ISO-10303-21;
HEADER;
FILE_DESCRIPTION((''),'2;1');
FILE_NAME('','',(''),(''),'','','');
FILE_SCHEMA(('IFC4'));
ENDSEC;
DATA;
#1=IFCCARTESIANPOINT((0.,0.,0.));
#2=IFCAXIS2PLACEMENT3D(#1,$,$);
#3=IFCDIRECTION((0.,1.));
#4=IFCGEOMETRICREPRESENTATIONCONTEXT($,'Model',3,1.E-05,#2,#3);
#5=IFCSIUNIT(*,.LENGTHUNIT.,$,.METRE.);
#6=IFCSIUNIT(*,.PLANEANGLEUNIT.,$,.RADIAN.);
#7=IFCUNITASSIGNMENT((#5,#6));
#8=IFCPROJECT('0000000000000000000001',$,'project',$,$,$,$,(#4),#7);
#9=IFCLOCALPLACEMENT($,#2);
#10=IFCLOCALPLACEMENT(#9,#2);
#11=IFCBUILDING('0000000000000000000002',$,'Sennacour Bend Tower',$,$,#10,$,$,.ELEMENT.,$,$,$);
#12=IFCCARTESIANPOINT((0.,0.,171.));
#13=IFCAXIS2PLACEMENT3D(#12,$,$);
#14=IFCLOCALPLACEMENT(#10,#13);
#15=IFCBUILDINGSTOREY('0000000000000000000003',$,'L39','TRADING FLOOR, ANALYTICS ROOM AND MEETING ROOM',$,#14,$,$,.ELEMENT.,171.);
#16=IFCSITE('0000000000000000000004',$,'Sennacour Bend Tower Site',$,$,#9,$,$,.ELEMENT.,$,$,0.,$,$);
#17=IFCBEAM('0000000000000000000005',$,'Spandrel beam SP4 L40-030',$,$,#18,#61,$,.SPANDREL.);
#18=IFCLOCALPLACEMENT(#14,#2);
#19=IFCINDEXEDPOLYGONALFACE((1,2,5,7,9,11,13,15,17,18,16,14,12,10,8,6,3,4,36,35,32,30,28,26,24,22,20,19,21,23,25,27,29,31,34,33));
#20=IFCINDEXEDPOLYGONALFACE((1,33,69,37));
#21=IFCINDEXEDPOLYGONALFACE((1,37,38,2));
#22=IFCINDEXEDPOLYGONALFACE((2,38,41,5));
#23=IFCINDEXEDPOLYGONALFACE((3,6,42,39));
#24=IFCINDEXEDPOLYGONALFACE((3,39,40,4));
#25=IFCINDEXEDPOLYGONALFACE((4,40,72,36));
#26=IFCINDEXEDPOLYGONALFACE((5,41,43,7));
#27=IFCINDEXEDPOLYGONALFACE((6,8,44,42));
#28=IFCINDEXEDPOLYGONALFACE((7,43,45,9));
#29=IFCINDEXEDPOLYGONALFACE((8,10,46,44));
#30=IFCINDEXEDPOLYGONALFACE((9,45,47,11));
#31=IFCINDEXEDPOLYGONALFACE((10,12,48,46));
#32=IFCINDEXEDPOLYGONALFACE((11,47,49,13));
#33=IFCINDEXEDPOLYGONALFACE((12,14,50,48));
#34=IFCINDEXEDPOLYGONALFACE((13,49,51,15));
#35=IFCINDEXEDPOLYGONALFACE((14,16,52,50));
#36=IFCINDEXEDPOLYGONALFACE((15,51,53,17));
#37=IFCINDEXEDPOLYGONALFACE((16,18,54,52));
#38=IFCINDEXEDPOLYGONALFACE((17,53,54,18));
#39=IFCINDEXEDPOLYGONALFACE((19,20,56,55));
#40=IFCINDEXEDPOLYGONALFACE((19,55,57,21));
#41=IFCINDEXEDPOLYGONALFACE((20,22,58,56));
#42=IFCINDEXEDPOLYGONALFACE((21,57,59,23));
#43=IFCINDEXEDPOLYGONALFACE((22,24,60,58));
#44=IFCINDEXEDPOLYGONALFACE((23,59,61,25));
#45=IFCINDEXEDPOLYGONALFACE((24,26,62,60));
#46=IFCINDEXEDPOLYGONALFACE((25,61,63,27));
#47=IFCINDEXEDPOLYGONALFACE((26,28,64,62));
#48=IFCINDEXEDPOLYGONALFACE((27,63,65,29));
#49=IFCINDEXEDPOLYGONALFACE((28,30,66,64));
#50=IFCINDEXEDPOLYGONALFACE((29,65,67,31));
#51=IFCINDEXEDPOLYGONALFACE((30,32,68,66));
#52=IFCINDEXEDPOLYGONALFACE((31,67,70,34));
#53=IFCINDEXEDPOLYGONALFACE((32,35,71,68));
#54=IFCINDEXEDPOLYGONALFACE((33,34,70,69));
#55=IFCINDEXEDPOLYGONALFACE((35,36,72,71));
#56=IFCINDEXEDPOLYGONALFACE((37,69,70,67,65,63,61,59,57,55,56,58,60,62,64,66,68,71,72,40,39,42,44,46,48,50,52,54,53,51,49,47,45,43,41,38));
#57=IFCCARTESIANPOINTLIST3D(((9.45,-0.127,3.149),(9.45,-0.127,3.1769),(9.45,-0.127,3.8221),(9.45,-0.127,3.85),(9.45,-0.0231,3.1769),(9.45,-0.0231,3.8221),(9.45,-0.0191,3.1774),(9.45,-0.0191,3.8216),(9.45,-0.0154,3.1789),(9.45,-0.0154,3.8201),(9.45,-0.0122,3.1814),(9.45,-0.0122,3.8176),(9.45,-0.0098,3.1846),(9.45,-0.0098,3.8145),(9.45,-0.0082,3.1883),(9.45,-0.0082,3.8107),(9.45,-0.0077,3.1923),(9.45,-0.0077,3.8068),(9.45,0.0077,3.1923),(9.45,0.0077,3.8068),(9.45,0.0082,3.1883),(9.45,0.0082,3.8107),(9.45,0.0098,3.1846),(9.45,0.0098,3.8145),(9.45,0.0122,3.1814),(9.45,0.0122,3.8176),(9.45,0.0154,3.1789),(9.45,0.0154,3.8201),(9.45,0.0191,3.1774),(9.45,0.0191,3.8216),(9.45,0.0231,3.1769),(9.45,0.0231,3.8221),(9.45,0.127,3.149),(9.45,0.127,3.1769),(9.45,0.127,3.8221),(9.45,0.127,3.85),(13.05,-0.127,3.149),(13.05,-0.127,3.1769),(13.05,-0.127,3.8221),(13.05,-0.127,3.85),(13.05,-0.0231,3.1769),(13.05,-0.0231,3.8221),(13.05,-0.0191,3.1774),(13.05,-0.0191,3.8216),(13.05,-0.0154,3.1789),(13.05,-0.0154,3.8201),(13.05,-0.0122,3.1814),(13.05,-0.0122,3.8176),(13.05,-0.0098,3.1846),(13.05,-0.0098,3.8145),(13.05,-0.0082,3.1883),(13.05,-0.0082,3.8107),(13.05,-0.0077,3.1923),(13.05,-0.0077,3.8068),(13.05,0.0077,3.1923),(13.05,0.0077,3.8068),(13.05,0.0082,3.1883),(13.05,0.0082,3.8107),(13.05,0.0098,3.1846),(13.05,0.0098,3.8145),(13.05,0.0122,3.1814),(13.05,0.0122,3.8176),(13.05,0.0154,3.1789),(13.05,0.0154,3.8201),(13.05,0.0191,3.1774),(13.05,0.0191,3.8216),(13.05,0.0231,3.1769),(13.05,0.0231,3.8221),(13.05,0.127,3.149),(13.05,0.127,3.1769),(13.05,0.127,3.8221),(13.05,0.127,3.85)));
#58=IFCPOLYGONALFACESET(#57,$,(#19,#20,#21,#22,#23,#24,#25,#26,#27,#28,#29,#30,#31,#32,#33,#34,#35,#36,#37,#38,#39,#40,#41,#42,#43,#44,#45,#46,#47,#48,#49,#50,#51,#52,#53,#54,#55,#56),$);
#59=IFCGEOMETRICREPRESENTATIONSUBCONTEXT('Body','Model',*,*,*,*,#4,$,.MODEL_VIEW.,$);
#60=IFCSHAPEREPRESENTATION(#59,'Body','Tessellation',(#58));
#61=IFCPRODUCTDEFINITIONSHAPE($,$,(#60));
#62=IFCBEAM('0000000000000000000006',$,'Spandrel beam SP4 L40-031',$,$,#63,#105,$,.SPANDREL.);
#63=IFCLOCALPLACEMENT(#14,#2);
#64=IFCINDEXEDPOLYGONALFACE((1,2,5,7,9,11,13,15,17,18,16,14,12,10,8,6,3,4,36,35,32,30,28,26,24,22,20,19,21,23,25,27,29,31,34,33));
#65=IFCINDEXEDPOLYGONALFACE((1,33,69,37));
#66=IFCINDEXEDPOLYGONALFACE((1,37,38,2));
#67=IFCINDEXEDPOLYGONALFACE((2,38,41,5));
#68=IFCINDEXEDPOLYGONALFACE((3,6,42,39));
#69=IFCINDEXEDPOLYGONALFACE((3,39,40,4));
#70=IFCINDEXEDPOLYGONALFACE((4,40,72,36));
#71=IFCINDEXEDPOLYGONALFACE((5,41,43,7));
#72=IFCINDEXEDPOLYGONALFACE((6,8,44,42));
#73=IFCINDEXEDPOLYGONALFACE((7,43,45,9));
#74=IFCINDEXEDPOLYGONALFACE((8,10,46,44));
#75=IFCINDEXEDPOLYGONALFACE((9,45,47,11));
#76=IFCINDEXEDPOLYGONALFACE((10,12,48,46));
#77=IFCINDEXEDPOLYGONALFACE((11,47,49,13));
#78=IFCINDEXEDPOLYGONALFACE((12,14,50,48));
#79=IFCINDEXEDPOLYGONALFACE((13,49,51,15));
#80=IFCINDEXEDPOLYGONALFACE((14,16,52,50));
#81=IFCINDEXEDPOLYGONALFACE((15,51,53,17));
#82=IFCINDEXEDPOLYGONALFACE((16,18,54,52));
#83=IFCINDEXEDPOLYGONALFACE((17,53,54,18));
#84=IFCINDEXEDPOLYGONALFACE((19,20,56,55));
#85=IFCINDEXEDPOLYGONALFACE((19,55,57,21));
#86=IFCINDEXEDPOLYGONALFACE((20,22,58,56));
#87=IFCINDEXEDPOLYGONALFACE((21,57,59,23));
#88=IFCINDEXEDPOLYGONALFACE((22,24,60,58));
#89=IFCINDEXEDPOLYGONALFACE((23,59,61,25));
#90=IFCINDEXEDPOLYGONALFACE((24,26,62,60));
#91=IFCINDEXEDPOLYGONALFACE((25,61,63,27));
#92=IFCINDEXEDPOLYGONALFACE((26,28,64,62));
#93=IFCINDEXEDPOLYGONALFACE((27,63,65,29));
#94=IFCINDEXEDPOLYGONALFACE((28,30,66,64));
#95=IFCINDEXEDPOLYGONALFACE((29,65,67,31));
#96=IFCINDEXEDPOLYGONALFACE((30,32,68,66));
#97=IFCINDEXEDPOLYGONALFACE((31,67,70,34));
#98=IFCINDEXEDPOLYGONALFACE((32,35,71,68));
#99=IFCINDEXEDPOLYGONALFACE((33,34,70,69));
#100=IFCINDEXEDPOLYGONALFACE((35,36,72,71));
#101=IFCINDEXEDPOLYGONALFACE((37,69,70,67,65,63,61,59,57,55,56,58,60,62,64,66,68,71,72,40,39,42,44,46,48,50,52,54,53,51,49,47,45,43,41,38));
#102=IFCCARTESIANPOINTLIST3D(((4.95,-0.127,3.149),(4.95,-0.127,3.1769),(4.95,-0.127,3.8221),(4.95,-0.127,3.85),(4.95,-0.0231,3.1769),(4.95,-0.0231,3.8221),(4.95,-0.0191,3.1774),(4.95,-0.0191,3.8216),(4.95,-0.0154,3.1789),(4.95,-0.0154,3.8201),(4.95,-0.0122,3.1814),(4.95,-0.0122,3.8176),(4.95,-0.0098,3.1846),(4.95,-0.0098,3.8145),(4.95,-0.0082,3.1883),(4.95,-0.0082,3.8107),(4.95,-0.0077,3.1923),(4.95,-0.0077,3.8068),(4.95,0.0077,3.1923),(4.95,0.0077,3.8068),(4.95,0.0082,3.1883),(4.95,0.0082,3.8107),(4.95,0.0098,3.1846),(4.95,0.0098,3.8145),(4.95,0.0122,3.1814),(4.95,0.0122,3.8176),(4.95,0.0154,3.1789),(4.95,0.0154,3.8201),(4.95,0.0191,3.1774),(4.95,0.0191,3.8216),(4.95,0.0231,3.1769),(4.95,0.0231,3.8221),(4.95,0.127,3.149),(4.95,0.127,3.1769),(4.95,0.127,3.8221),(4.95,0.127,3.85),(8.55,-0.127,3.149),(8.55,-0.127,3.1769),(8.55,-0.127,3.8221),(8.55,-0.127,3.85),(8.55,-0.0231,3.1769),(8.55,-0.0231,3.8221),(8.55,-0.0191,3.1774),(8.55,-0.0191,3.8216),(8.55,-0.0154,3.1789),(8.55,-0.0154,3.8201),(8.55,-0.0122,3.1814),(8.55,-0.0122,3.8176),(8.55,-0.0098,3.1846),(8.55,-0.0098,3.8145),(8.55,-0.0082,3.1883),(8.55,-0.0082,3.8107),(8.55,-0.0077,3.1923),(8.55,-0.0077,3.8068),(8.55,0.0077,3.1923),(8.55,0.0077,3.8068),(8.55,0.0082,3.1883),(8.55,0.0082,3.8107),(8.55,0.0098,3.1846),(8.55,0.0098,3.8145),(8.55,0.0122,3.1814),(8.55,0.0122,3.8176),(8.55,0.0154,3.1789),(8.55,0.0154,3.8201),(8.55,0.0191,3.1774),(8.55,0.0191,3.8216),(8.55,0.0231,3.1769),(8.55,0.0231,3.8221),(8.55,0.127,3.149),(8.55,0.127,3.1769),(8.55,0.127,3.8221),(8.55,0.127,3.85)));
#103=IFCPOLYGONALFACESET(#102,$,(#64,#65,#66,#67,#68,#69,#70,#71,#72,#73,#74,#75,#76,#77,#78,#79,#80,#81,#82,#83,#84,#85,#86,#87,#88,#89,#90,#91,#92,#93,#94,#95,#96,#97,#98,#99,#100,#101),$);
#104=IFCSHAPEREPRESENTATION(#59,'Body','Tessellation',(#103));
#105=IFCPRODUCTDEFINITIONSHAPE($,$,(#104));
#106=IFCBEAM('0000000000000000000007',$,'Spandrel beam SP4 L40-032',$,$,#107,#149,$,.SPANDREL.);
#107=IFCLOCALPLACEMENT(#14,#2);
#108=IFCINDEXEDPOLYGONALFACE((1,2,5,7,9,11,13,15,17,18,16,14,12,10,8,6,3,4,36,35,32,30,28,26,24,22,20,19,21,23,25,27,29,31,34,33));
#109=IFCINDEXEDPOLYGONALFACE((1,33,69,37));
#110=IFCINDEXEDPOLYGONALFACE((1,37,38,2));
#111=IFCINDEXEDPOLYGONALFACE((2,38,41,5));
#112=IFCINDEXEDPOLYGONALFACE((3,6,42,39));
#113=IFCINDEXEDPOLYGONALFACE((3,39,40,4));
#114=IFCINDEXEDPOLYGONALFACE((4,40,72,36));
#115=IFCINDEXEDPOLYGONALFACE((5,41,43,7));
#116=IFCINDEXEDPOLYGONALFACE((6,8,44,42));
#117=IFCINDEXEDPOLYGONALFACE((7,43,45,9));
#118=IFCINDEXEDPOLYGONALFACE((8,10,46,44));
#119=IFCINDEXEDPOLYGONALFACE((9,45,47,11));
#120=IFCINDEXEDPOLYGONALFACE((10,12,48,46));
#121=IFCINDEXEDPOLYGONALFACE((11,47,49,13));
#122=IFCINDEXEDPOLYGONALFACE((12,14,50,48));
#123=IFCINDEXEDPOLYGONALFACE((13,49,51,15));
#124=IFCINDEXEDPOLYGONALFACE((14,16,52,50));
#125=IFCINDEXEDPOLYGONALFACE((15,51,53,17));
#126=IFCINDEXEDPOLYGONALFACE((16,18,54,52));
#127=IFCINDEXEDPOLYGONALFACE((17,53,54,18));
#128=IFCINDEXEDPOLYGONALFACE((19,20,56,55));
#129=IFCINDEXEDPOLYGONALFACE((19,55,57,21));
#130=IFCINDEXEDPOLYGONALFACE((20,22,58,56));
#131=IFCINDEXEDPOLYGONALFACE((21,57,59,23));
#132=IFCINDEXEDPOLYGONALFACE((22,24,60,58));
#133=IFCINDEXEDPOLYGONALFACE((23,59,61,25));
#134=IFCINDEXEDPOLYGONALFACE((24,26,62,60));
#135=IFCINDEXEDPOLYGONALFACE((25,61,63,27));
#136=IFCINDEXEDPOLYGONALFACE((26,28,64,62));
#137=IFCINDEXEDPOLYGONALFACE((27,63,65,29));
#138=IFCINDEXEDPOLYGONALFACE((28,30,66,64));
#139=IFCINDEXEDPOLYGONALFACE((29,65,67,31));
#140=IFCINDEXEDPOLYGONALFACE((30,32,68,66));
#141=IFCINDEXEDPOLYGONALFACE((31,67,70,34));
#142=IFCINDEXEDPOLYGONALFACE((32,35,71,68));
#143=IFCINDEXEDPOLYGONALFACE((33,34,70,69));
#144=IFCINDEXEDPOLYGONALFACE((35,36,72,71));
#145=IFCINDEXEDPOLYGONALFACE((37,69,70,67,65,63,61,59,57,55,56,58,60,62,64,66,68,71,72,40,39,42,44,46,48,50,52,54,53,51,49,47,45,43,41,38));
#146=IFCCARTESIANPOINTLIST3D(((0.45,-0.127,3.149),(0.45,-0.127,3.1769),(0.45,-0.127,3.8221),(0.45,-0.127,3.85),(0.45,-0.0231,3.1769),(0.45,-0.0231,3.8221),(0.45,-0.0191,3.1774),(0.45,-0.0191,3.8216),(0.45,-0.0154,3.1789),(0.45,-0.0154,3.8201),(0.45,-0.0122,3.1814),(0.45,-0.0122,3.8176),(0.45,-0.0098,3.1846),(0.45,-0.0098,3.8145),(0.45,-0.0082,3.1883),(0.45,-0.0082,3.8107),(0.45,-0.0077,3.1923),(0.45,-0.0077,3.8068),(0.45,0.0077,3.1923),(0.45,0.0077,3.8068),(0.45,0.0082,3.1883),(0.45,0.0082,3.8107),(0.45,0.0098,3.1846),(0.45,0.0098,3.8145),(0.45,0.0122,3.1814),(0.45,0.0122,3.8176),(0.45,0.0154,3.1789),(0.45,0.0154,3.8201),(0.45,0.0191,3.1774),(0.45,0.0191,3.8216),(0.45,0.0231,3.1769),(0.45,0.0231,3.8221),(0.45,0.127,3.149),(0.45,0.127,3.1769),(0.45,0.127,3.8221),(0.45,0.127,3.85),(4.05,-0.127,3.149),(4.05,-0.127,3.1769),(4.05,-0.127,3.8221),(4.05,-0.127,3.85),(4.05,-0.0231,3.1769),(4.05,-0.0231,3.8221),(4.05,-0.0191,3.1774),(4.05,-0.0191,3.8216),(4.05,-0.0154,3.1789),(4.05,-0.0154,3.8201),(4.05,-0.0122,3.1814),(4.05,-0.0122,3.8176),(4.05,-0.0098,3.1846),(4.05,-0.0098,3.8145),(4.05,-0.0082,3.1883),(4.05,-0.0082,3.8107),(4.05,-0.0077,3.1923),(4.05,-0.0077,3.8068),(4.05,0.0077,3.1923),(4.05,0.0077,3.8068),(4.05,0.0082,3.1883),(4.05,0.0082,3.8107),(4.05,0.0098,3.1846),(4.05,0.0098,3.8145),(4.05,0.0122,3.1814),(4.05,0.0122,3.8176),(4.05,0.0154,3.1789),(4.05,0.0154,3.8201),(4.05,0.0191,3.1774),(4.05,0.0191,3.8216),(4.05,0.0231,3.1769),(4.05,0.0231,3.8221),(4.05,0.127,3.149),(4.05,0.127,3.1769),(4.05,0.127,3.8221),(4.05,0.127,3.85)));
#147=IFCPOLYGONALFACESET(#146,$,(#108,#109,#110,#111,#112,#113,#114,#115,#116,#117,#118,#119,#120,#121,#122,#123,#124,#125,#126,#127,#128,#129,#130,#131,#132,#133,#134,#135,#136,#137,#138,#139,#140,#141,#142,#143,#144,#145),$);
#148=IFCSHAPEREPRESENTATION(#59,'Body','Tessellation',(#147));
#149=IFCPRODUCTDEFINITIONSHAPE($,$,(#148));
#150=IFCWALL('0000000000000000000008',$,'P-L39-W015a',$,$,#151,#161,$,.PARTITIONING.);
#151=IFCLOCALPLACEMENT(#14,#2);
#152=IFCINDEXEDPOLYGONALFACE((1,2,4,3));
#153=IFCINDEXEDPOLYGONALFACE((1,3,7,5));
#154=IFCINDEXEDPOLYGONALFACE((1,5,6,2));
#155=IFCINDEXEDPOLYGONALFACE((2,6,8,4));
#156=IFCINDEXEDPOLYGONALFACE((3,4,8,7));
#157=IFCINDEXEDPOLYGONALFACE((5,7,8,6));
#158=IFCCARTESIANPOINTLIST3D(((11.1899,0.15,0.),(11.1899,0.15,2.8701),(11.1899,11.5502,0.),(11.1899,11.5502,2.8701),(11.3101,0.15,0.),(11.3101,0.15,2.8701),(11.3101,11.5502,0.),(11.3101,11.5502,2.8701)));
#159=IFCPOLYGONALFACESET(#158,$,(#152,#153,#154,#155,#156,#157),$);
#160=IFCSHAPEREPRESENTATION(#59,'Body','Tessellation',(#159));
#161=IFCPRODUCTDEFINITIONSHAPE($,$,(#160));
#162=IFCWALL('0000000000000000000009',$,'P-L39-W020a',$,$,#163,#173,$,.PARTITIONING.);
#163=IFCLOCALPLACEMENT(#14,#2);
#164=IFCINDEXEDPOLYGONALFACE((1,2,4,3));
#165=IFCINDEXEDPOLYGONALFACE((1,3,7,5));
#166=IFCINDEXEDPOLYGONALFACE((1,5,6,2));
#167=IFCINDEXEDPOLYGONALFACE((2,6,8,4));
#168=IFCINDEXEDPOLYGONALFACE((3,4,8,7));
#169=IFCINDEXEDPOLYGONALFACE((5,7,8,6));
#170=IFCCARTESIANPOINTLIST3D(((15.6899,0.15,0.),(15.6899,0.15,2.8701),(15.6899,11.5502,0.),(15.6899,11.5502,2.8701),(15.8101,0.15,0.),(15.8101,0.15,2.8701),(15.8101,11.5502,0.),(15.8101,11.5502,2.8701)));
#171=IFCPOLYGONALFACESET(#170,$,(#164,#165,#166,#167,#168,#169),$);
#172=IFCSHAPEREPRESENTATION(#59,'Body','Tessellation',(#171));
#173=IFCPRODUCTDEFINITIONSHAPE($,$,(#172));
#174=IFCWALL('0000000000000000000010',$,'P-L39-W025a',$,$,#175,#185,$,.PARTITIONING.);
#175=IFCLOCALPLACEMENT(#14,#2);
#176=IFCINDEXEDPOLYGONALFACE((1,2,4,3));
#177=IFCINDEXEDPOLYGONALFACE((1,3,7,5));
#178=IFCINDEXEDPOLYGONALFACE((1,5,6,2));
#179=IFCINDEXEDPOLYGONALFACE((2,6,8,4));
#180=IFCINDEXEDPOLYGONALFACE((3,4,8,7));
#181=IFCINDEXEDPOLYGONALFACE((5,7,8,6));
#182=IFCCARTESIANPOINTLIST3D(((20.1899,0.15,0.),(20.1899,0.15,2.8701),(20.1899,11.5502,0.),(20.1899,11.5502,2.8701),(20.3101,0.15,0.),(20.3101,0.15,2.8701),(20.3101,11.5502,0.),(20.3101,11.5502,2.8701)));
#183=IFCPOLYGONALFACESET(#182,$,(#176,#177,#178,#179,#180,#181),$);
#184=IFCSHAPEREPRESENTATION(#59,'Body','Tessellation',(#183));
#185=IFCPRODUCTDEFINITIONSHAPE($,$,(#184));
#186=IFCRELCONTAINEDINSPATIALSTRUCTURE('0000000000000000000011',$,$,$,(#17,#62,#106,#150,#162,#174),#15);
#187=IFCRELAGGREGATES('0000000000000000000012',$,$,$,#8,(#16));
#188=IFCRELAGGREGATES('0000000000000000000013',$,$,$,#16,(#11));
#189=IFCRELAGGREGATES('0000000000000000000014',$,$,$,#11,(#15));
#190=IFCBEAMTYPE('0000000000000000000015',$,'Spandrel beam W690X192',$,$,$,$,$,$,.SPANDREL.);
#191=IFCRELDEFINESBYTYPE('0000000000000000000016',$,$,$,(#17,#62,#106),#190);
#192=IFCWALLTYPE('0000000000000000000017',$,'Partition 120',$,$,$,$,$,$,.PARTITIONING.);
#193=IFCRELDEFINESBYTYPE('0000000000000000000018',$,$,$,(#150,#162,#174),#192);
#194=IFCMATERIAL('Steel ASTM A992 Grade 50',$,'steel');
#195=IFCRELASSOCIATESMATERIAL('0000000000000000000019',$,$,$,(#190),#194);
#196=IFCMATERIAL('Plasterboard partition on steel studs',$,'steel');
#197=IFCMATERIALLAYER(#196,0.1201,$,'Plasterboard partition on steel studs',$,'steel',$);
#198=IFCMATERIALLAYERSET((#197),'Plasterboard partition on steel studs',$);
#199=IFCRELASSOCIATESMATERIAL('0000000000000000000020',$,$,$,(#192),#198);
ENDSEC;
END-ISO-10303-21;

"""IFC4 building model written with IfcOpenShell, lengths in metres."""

from ifc_helpers import new_model, si_unit, direction, frame, frame_2d, origin, origin_2d, place, context, subcontext, project, spatial, rectangle, i_section, extrude, material, layer, layer_set, material_profile, profile_set, type_object, element, save


model = new_model("IFC4")

# Units and contexts
model_context = context("Model", 3, precision=1e-05, world=origin(), true_north=direction((0.0, 1.0)))
body_context = subcontext(model_context, "Body", "Model", "MODEL_VIEW")
ifc_project = project(units=[si_unit("LENGTHUNIT", "METRE"), si_unit("PLANEANGLEUNIT", "RADIAN")], contexts=[model_context])

# Site, building, storey
site_placement = place(None, origin())
site = spatial("IfcSite", under=ifc_project, at=site_placement, Name="Sennacour Bend Tower Site", CompositionType="ELEMENT", RefElevation=0.0)
building_placement = place(site_placement, origin())
building = spatial("IfcBuilding", under=site, at=building_placement, Name="Sennacour Bend Tower", CompositionType="ELEMENT")
storey_placement = place(building_placement, frame((0.0, 0.0, 171.0)))
storey = spatial("IfcBuildingStorey", under=building, at=storey_placement, Name="L39", Description="TRADING FLOOR, ANALYTICS ROOM AND MEETING ROOM", CompositionType="ELEMENT", Elevation=171.0)

# Beams
ifc_material_1 = material(Name="Steel ASTM A992 Grade 50", Category="steel")
ifc_material_profile_1 = material_profile(ifc_material_1, i_section(OverallWidth=0.2539, OverallDepth=0.7009, WebThickness=0.0154, FlangeThickness=0.0278, FilletRadius=0.0154, at=origin_2d()), Name="Steel ASTM A992 Grade 50", Category="steel")
ifc_profile_set_1 = profile_set([ifc_material_profile_1], Name="Steel ASTM A992 Grade 50")
beam_type_1 = type_object("IfcBeamType", Name="Spandrel beam W690X192", PredefinedType="SPANDREL", material=ifc_profile_set_1)
for number, where, z_axis, x_axis, name in (
    (1, (13.05, 0.0, 3.4995), (-1.0, 0.0, 0.0), (0.0, -1.0, 0.0), "Spandrel beam SP4 L40-030"),
    (2, (8.55, 0.0, 3.4995), (-1.0, 0.0, 0.0), (0.0, -1.0, 0.0), "Spandrel beam SP4 L40-031"),
    (3, (4.05, 0.0, 3.4995), (-1.0, 0.0, 0.0), (0.0, -1.0, 0.0), "Spandrel beam SP4 L40-032"),
):
    element("IfcBeam", number, at=place(storey_placement, frame(where, z_axis=z_axis, x_axis=x_axis)), inside=storey, type_object=beam_type_1, Name=name, PredefinedType="SPANDREL", context=body_context, shape_type="SweptSolid", body=[
        extrude(i_section(OverallWidth=0.2539, OverallDepth=0.7009, WebThickness=0.0154, FlangeThickness=0.0278, FilletRadius=0.0154, at=origin_2d()), origin(), (0.0, 0.0, 1.0), 3.6001),
    ])

# Walls
ifc_material_2 = material(Name="Plasterboard partition on steel studs", Category="steel")
ifc_layer_1 = layer(ifc_material_2, 0.1201, Name="Plasterboard partition on steel studs", Category="steel")
ifc_layer_set_1 = layer_set([ifc_layer_1], Name="Plasterboard partition on steel studs")
wall_type_1 = type_object("IfcWallType", Name="Partition 120", PredefinedType="PARTITIONING", material=ifc_layer_set_1)
for number, where, z_axis, x_axis, name in (
    (4, (11.25, 0.1499, 0.0), (0.0, 0.0, 1.0), (0.0, 1.0, 0.0), "P-L39-W015a"),
    (5, (15.75, 0.1499, 0.0), (0.0, 0.0, 1.0), (0.0, 1.0, 0.0), "P-L39-W020a"),
    (6, (20.25, 0.1499, 0.0), (0.0, 0.0, 1.0), (0.0, 1.0, 0.0), "P-L39-W025a"),
):
    element("IfcWall", number, at=place(storey_placement, frame(where, z_axis=z_axis, x_axis=x_axis)), inside=storey, type_object=wall_type_1, Name=name, PredefinedType="PARTITIONING", context=body_context, shape_type="SweptSolid", body=[
        extrude(rectangle(XDim=11.4001, YDim=0.1201, at=frame_2d((5.7002, 0.0))), origin(), (0.0, 0.0, 1.0), 2.8701),
    ])

save(model, "model.ifc")
